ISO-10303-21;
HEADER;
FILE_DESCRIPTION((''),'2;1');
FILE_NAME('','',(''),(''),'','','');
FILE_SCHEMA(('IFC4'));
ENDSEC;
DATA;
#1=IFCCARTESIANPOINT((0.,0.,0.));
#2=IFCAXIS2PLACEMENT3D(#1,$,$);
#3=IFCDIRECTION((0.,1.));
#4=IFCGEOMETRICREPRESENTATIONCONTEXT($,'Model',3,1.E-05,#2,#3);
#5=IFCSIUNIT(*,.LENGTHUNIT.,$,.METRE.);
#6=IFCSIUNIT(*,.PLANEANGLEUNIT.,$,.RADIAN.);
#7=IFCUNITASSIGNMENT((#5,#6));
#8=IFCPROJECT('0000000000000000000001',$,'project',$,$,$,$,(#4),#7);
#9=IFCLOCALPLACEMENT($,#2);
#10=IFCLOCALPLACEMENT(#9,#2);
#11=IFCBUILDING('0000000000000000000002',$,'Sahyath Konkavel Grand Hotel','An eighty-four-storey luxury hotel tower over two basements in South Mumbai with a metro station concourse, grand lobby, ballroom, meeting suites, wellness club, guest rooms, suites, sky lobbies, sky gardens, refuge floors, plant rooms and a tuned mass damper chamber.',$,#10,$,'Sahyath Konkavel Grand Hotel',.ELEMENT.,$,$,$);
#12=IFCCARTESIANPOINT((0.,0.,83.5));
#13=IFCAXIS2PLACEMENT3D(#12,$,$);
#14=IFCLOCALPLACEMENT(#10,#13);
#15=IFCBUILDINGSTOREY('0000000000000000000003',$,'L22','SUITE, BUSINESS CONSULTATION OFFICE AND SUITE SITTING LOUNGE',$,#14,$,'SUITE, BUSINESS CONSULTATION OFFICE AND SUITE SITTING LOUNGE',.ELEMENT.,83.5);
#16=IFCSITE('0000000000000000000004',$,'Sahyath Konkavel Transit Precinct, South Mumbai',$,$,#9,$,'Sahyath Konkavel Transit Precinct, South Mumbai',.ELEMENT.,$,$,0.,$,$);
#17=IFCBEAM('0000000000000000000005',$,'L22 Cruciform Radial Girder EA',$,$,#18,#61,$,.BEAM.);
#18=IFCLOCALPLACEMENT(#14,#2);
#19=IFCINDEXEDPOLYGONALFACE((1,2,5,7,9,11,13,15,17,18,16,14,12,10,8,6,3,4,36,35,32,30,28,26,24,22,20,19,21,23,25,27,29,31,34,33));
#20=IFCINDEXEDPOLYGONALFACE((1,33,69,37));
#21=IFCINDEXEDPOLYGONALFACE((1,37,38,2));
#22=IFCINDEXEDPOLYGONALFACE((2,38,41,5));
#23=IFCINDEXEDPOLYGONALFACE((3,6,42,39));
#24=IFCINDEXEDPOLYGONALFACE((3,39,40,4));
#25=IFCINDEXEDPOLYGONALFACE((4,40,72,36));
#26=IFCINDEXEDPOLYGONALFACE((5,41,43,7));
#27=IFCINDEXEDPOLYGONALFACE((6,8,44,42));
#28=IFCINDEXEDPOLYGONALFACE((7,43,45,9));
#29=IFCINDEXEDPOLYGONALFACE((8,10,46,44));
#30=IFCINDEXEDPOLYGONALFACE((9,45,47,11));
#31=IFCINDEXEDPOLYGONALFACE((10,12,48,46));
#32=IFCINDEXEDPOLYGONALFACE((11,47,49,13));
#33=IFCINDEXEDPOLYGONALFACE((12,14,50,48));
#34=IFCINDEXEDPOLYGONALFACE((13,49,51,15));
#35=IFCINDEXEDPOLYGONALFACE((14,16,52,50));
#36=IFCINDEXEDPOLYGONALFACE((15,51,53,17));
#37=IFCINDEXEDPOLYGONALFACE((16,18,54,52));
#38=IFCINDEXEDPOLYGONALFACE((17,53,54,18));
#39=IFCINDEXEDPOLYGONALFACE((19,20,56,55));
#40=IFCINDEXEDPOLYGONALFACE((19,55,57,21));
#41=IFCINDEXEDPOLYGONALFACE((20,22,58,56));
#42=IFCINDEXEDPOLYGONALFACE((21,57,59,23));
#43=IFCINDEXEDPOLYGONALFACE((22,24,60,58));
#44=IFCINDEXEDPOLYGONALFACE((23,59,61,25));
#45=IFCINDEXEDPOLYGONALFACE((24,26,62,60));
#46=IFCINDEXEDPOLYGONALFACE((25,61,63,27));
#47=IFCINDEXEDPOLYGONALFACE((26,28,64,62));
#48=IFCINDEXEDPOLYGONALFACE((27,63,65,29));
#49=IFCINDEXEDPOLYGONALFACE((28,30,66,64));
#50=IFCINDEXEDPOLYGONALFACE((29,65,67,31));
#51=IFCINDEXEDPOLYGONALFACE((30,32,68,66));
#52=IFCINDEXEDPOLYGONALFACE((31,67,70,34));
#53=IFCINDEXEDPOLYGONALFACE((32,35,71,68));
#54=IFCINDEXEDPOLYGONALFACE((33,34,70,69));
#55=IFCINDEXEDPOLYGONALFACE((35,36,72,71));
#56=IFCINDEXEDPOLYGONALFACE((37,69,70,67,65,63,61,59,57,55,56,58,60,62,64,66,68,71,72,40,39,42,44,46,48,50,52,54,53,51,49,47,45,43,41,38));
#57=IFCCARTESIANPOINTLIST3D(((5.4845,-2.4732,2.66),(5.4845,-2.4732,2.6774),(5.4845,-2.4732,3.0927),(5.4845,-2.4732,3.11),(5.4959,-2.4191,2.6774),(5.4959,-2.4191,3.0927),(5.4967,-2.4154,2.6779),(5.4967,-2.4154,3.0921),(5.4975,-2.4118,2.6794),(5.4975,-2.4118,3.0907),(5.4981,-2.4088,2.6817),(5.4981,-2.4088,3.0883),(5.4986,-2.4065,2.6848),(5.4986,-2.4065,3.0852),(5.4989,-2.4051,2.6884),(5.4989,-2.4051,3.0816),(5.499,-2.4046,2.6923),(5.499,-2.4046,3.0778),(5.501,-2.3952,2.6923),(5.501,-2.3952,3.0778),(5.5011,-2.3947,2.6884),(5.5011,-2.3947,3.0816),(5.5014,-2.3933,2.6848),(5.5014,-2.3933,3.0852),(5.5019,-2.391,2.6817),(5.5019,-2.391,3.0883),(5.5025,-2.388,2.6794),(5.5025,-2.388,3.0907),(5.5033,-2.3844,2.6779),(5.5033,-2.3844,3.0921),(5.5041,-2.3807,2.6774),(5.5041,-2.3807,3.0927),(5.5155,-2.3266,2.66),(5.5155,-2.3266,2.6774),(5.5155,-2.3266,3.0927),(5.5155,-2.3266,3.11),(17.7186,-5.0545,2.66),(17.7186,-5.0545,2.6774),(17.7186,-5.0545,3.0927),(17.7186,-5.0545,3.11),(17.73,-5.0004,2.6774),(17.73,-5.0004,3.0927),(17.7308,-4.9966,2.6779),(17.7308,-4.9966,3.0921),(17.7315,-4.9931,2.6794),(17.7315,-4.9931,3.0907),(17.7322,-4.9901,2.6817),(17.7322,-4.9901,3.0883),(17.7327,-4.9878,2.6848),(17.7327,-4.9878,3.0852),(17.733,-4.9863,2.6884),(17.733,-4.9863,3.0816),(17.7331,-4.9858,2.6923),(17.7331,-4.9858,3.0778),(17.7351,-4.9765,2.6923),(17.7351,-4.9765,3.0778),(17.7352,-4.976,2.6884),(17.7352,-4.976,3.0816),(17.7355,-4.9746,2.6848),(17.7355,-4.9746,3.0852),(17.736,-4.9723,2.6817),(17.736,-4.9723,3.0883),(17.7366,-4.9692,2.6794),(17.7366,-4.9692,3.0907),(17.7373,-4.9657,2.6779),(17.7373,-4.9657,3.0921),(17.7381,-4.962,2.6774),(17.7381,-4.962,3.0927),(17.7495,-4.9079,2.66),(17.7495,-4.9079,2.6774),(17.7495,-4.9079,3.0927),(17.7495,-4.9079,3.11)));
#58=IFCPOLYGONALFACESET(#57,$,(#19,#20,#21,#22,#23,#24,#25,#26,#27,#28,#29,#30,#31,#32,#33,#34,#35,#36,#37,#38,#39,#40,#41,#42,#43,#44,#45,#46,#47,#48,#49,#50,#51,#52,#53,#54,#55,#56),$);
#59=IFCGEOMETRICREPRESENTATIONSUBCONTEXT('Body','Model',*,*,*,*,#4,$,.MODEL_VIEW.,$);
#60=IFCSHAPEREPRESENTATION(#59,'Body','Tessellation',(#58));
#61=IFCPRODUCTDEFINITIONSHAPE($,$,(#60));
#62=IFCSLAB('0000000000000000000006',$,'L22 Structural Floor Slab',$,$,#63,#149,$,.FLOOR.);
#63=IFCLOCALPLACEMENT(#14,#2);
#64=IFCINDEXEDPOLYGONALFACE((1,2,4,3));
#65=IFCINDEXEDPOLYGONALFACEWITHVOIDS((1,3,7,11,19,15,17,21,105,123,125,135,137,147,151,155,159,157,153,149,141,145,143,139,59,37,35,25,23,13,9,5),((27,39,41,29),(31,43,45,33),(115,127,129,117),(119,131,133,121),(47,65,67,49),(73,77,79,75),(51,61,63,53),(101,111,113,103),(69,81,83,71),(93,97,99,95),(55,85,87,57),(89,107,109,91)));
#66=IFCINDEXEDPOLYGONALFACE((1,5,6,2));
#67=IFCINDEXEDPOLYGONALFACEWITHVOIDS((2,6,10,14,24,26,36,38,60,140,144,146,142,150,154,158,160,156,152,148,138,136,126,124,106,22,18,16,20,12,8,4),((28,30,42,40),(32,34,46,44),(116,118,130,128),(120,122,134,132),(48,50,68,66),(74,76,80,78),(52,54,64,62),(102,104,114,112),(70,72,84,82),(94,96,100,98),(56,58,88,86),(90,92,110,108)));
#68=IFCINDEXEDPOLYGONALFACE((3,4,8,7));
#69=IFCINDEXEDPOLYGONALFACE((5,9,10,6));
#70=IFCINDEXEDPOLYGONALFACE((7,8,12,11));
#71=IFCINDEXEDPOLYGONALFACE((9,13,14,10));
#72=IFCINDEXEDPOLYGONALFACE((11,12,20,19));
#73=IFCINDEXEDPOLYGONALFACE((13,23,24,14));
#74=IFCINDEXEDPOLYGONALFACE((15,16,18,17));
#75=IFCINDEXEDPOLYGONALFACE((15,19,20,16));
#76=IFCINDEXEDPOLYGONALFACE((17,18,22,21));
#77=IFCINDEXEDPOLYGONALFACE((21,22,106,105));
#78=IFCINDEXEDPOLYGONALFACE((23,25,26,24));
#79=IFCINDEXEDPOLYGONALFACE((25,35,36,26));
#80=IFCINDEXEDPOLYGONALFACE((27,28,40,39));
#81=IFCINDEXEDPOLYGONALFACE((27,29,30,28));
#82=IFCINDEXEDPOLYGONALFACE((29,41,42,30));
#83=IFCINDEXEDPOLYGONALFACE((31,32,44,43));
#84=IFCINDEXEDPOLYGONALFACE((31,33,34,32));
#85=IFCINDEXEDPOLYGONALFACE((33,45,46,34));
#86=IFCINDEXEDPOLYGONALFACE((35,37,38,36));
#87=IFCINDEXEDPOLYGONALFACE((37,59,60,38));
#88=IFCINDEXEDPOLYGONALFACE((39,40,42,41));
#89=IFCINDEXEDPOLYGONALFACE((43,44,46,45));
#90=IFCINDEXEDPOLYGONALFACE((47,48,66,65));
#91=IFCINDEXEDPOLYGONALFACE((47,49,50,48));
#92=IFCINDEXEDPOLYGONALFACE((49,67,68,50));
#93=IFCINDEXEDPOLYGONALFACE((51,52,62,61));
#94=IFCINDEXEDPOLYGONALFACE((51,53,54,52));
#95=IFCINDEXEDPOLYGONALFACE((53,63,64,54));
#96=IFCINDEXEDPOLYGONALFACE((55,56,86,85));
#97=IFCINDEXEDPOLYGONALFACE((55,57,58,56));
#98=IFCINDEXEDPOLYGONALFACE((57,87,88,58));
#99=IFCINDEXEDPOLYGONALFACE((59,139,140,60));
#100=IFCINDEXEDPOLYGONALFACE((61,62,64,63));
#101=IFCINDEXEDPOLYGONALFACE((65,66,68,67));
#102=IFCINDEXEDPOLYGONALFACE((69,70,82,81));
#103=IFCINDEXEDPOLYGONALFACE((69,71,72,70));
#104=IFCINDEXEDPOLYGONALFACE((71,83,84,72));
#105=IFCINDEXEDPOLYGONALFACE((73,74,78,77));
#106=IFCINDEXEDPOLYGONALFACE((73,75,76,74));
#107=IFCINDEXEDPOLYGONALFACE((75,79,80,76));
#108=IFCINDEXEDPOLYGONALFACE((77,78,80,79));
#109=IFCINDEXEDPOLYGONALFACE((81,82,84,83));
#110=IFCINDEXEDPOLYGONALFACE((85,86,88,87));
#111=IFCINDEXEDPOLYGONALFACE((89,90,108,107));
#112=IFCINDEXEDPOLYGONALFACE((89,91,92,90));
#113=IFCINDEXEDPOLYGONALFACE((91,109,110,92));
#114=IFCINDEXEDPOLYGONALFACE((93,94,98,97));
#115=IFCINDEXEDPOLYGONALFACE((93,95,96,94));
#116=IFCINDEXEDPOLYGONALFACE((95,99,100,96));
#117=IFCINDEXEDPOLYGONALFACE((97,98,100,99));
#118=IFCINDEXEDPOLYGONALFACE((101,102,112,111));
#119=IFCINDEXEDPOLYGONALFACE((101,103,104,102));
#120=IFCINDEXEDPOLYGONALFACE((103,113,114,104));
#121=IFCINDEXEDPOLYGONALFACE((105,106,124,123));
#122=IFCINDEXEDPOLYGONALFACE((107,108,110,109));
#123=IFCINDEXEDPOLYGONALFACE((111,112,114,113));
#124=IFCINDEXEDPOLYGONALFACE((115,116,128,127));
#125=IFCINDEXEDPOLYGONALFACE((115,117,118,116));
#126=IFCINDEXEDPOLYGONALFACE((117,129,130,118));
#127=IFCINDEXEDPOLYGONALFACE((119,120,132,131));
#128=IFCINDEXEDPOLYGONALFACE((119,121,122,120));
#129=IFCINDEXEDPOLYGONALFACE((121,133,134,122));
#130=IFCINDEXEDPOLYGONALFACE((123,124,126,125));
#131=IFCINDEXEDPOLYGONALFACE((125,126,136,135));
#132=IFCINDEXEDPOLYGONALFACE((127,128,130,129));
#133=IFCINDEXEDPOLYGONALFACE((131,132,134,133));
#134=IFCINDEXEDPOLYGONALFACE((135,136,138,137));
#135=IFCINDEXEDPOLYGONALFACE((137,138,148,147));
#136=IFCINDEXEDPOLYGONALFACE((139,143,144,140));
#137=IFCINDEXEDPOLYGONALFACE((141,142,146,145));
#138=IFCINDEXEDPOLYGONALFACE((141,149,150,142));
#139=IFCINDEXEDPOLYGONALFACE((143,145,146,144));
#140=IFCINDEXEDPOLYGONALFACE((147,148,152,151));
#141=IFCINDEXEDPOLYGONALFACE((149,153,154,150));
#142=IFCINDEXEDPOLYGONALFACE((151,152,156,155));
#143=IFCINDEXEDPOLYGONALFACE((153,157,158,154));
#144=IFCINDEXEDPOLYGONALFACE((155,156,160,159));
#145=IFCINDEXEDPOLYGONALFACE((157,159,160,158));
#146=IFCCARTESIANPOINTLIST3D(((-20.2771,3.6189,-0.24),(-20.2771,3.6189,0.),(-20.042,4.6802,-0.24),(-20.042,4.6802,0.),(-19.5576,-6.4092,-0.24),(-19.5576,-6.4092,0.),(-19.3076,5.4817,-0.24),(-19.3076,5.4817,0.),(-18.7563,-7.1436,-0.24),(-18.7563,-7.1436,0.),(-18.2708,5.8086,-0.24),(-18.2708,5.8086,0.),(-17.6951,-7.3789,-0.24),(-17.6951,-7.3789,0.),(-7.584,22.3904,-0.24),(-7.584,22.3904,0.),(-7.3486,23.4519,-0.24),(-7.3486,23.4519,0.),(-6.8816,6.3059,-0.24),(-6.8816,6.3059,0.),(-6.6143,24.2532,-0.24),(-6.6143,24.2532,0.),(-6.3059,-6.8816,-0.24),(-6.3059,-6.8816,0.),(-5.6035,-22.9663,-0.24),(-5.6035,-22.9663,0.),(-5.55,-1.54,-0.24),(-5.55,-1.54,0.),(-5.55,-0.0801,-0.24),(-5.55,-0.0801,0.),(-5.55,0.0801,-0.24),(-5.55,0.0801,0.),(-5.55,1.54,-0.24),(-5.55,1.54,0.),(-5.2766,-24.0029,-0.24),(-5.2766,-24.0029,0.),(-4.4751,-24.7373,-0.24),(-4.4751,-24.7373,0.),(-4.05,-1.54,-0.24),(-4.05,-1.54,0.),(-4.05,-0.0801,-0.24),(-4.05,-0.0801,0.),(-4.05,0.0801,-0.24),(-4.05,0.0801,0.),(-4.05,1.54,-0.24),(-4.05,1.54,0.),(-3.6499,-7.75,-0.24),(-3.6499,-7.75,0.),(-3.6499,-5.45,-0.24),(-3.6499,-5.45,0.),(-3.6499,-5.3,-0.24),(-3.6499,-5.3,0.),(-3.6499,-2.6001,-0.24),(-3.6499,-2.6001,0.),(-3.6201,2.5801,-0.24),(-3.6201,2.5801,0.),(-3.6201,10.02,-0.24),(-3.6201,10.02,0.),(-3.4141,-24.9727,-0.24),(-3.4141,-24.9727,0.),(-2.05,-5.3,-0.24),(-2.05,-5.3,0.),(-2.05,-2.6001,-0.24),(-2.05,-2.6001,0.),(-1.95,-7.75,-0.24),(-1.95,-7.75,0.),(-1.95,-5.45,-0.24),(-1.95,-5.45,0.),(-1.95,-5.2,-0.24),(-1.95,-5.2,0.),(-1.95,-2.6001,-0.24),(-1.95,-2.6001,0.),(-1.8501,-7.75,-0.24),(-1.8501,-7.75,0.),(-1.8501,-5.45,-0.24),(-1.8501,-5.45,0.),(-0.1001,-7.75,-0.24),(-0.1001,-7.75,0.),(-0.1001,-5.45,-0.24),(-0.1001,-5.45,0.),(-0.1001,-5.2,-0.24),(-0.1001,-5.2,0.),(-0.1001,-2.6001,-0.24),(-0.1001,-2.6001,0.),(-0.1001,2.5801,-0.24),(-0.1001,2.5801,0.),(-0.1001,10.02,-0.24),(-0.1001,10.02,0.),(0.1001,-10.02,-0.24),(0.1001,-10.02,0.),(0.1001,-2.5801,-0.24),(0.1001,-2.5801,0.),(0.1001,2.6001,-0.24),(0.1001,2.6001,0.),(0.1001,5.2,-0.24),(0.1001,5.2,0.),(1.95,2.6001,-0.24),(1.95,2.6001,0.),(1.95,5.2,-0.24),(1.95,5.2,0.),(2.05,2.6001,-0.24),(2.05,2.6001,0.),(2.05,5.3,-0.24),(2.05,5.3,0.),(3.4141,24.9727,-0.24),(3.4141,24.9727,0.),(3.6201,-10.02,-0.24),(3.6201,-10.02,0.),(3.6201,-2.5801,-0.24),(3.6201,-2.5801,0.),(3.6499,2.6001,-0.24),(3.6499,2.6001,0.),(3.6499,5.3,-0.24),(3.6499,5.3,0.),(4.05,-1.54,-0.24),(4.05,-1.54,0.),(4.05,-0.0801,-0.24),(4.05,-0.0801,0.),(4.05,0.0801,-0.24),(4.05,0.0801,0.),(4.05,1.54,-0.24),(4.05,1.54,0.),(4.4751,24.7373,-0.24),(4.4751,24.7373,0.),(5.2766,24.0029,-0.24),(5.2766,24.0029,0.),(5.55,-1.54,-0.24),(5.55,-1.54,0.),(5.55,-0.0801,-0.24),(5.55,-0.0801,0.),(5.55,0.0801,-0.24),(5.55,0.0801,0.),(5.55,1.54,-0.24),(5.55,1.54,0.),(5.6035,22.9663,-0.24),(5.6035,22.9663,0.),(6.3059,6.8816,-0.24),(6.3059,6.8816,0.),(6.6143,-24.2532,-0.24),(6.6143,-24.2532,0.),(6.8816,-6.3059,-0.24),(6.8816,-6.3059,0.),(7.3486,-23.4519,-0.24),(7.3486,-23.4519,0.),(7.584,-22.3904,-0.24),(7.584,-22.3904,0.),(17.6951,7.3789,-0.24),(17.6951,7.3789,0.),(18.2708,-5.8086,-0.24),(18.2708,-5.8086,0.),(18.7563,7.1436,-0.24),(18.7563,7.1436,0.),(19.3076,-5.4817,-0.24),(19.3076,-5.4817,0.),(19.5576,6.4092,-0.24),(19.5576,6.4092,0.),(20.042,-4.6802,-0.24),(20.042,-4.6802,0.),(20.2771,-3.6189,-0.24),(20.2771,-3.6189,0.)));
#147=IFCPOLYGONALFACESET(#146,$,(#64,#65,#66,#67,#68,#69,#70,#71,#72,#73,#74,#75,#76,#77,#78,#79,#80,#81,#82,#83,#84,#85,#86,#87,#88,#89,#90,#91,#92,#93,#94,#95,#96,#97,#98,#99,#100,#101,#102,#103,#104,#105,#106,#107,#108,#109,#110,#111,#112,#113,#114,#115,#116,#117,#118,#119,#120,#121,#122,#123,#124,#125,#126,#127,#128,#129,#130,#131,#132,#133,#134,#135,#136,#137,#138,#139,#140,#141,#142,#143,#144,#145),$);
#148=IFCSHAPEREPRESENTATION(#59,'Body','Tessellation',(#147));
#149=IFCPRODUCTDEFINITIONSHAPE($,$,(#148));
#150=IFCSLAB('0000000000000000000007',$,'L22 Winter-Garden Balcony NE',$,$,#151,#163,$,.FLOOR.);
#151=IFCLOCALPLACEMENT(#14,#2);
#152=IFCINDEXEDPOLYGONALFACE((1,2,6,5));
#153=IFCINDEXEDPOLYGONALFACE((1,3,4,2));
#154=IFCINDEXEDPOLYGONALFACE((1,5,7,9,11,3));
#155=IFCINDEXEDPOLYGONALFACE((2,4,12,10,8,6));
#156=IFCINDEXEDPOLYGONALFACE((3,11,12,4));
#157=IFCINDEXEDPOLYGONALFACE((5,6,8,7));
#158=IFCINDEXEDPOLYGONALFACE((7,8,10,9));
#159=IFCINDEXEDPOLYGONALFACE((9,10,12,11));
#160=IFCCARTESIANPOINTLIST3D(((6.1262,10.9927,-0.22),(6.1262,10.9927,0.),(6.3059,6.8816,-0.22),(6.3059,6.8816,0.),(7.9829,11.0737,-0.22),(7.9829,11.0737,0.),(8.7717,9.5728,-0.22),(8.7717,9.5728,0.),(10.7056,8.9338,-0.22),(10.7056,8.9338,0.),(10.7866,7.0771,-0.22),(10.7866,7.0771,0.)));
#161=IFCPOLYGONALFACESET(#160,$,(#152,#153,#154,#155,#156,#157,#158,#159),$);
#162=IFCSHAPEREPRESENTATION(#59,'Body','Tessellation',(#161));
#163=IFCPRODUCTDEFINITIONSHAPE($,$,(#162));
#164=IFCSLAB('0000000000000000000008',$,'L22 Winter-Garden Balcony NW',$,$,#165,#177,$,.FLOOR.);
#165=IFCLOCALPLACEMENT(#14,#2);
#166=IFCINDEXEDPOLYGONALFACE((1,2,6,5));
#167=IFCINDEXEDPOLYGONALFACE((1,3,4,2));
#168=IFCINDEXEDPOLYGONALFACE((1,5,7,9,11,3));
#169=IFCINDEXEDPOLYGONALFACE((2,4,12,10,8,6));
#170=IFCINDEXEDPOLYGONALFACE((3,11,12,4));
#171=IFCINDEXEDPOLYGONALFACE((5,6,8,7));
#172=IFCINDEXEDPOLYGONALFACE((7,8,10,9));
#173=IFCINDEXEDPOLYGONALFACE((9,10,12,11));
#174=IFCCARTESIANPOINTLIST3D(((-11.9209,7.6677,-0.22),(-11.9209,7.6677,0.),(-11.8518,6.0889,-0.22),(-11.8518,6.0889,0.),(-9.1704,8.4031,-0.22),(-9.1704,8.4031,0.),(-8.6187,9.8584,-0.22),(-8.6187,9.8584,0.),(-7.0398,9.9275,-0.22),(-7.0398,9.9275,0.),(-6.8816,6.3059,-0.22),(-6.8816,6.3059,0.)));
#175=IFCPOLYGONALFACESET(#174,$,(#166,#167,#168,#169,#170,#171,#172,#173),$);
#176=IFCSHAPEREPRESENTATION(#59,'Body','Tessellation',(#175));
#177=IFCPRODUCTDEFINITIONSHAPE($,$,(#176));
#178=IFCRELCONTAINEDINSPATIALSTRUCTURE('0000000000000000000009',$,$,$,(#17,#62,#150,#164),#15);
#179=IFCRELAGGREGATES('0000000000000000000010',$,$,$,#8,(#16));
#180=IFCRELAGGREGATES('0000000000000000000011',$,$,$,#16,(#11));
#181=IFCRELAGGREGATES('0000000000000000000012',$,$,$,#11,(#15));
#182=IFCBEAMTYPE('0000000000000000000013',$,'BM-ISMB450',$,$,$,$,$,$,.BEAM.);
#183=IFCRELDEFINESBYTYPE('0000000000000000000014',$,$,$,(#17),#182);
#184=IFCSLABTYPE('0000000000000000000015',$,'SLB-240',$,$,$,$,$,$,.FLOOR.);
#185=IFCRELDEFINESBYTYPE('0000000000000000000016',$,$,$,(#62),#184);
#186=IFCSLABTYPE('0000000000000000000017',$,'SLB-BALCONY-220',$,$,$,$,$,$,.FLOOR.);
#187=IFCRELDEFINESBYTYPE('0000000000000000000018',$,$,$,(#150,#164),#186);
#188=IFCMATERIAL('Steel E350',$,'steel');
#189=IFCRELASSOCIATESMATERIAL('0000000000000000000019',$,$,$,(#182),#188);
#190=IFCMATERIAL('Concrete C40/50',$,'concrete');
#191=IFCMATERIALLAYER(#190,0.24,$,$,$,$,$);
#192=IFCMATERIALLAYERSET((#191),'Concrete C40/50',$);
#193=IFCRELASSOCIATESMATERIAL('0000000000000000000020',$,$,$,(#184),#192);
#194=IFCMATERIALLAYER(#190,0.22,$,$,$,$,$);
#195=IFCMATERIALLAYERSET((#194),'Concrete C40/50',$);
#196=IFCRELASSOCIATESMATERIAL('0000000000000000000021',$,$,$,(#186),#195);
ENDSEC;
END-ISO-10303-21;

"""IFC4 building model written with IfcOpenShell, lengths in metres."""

from ifc_helpers import new_model, si_unit, direction, frame, origin, origin_2d, place, context, subcontext, project, spatial, polyline, i_section, outline, extrude, source, transform, mapped, material, layer, layer_set, material_profile, profile_set, type_object, element, save


model = new_model("IFC4")

# Units and contexts
model_context = context("Model", 3, precision=1e-05, world=origin(), true_north=direction((0.0, 1.0)))
body_context = subcontext(model_context, "Body", "Model", "MODEL_VIEW")
ifc_project = project(units=[si_unit("LENGTHUNIT", "METRE"), si_unit("PLANEANGLEUNIT", "RADIAN")], contexts=[model_context])

# Site, building, storey
site_placement = place(None, origin())
site = spatial("IfcSite", under=ifc_project, at=site_placement, Name="Sahyath Konkavel Transit Precinct, South Mumbai", LongName="Sahyath Konkavel Transit Precinct, South Mumbai", CompositionType="ELEMENT", RefElevation=0.0)
building_placement = place(site_placement, origin())
building = spatial("IfcBuilding", under=site, at=building_placement, Name="Sahyath Konkavel Grand Hotel", Description="An eighty-four-storey luxury hotel tower over two basements in South Mumbai with a metro station concourse, grand lobby, ballroom, meeting suites, wellness club, guest rooms, suites, sky lobbies, sky gardens, refuge floors, plant rooms and a tuned mass damper chamber.", LongName="Sahyath Konkavel Grand Hotel", CompositionType="ELEMENT")
storey_placement = place(building_placement, frame((0.0, 0.0, 83.5)))
storey = spatial("IfcBuildingStorey", under=building, at=storey_placement, Name="L22", Description="SUITE, BUSINESS CONSULTATION OFFICE AND SUITE SITTING LOUNGE", LongName="SUITE, BUSINESS CONSULTATION OFFICE AND SUITE SITTING LOUNGE", CompositionType="ELEMENT", Elevation=83.5)

# Beam
ifc_material_1 = material(Name="Steel E350", Category="steel")
ifc_material_profile_1 = material_profile(ifc_material_1, i_section(OverallWidth=0.1499, OverallDepth=0.45, WebThickness=0.0095, FlangeThickness=0.0173, FilletRadius=0.0149, at=origin_2d()), Name="ISMB 450")
ifc_profile_set_1 = profile_set([ifc_material_profile_1], Name="Steel E350")
beam_type_1 = type_object("IfcBeamType", Name="BM-ISMB450", PredefinedType="BEAM", material=ifc_profile_set_1)
shared_shape_1 = source(origin(), body_context, "Body", "SweptSolid", [
    extrude(i_section(OverallWidth=0.1499, OverallDepth=0.45, WebThickness=0.0095, FlangeThickness=0.0173, FilletRadius=0.0149, at=origin_2d()), origin(), (0.0, 0.0, 1.0), 12.5034),
])
beam_1_placement = place(storey_placement, frame((5.5, -2.3999, 2.885), z_axis=(0.978458, -0.206446, 0.0), x_axis=(0.206446, 0.978458, 0.0)))
element("IfcBeam", 1, at=beam_1_placement, inside=storey, type_object=beam_type_1, Name="L22 Cruciform Radial Girder EA", PredefinedType="BEAM", context=body_context, shape_type="MappedRepresentation", body=[
    mapped(shared_shape_1, transform((0.0, 0.0, 0.0), scale=1.0)),
])

# Slabs
ifc_material_2 = material(Name="Concrete C40/50", Category="concrete")
ifc_layer_1 = layer(ifc_material_2, 0.24)
ifc_layer_set_1 = layer_set([ifc_layer_1], Name="Concrete C40/50")
slab_type_1 = type_object("IfcSlabType", Name="SLB-240", PredefinedType="FLOOR", material=ifc_layer_set_1)
slab_1_placement = place(storey_placement, frame((0.0, 0.0, -0.24)))
element("IfcSlab", 2, at=slab_1_placement, inside=storey, type_object=slab_type_1, Name="L22 Structural Floor Slab", PredefinedType="FLOOR", context=body_context, shape_type="SweptSolid", body=[
    extrude(outline(polyline([(6.8816, -6.3059), (18.2708, -5.8086), (19.3076, -5.4817), (20.042, -4.6802), (20.2771, -3.6189), (19.5576, 6.4092), (18.7563, 7.1436), (17.6951, 7.3789), (6.3059, 6.8816), (5.6035, 22.9663), (5.2766, 24.0029), (4.4751, 24.7373), (3.4141, 24.9727), (-6.6143, 24.2532), (-7.3486, 23.4519), (-7.584, 22.3904), (-6.8816, 6.3059), (-18.2708, 5.8086), (-19.3076, 5.4817), (-20.042, 4.6802), (-20.2771, 3.6189), (-19.5576, -6.4092), (-18.7563, -7.1436), (-17.6951, -7.3789), (-6.3059, -6.8816), (-5.6035, -22.9663), (-5.2766, -24.0029), (-4.4751, -24.7373), (-3.4141, -24.9727), (6.6143, -24.2532), (7.3486, -23.4519), (7.584, -22.3904), (6.8816, -6.3059)]), holes=[polyline([(-3.6201, 2.5801), (-0.1001, 2.5801), (-0.1001, 10.02), (-3.6201, 10.02), (-3.6201, 2.5801)]), polyline([(0.1001, -10.02), (3.6201, -10.02), (3.6201, -2.5801), (0.1001, -2.5801), (0.1001, -10.02)]), polyline([(0.1001, 2.6001), (1.95, 2.6001), (1.95, 5.2), (0.1001, 5.2), (0.1001, 2.6001)]), polyline([(-1.95, -5.2), (-0.1001, -5.2), (-0.1001, -2.6001), (-1.95, -2.6001), (-1.95, -5.2)]), polyline([(2.05, 2.6001), (3.6499, 2.6001), (3.6499, 5.3), (2.05, 5.3), (2.05, 2.6001)]), polyline([(-3.6499, -5.3), (-2.05, -5.3), (-2.05, -2.6001), (-3.6499, -2.6001), (-3.6499, -5.3)]), polyline([(-3.6499, -7.75), (-1.95, -7.75), (-1.95, -5.45), (-3.6499, -5.45), (-3.6499, -7.75)]), polyline([(-1.8501, -7.75), (-0.1001, -7.75), (-0.1001, -5.45), (-1.8501, -5.45), (-1.8501, -7.75)]), polyline([(4.05, 0.0801), (5.55, 0.0801), (5.55, 1.54), (4.05, 1.54), (4.05, 0.0801)]), polyline([(4.05, -1.54), (5.55, -1.54), (5.55, -0.0801), (4.05, -0.0801), (4.05, -1.54)]), polyline([(-5.55, 0.0801), (-4.05, 0.0801), (-4.05, 1.54), (-5.55, 1.54), (-5.55, 0.0801)]), polyline([(-5.55, -1.54), (-4.05, -1.54), (-4.05, -0.0801), (-5.55, -0.0801), (-5.55, -1.54)])]), origin(), (0.0, 0.0, 1.0), 0.24),
])
ifc_layer_2 = layer(ifc_material_2, 0.22)
ifc_layer_set_2 = layer_set([ifc_layer_2], Name="Concrete C40/50")
slab_type_2 = type_object("IfcSlabType", Name="SLB-BALCONY-220", PredefinedType="FLOOR", material=ifc_layer_set_2)
slab_2_placement = place(storey_placement, frame((0.0, 0.0, -0.22)))
element("IfcSlab", 3, at=slab_2_placement, inside=storey, type_object=slab_type_2, Name="L22 Winter-Garden Balcony NE", PredefinedType="FLOOR", context=body_context, shape_type="SweptSolid", body=[
    extrude(outline(polyline([(6.3059, 6.8816), (10.7866, 7.0771), (10.7056, 8.9338), (8.7717, 9.5728), (7.9829, 11.0737), (6.1262, 10.9927), (6.3059, 6.8816)])), origin(), (0.0, 0.0, 1.0), 0.22),
])
slab_3_placement = place(storey_placement, frame((0.0, 0.0, -0.22)))
element("IfcSlab", 4, at=slab_3_placement, inside=storey, type_object=slab_type_2, Name="L22 Winter-Garden Balcony NW", PredefinedType="FLOOR", context=body_context, shape_type="SweptSolid", body=[
    extrude(outline(polyline([(-6.8816, 6.3059), (-7.0398, 9.9275), (-8.6187, 9.8584), (-9.1704, 8.4031), (-11.9209, 7.6677), (-11.8518, 6.0889), (-6.8816, 6.3059)])), origin(), (0.0, 0.0, 1.0), 0.22),
])

save(model, "model.ifc")
